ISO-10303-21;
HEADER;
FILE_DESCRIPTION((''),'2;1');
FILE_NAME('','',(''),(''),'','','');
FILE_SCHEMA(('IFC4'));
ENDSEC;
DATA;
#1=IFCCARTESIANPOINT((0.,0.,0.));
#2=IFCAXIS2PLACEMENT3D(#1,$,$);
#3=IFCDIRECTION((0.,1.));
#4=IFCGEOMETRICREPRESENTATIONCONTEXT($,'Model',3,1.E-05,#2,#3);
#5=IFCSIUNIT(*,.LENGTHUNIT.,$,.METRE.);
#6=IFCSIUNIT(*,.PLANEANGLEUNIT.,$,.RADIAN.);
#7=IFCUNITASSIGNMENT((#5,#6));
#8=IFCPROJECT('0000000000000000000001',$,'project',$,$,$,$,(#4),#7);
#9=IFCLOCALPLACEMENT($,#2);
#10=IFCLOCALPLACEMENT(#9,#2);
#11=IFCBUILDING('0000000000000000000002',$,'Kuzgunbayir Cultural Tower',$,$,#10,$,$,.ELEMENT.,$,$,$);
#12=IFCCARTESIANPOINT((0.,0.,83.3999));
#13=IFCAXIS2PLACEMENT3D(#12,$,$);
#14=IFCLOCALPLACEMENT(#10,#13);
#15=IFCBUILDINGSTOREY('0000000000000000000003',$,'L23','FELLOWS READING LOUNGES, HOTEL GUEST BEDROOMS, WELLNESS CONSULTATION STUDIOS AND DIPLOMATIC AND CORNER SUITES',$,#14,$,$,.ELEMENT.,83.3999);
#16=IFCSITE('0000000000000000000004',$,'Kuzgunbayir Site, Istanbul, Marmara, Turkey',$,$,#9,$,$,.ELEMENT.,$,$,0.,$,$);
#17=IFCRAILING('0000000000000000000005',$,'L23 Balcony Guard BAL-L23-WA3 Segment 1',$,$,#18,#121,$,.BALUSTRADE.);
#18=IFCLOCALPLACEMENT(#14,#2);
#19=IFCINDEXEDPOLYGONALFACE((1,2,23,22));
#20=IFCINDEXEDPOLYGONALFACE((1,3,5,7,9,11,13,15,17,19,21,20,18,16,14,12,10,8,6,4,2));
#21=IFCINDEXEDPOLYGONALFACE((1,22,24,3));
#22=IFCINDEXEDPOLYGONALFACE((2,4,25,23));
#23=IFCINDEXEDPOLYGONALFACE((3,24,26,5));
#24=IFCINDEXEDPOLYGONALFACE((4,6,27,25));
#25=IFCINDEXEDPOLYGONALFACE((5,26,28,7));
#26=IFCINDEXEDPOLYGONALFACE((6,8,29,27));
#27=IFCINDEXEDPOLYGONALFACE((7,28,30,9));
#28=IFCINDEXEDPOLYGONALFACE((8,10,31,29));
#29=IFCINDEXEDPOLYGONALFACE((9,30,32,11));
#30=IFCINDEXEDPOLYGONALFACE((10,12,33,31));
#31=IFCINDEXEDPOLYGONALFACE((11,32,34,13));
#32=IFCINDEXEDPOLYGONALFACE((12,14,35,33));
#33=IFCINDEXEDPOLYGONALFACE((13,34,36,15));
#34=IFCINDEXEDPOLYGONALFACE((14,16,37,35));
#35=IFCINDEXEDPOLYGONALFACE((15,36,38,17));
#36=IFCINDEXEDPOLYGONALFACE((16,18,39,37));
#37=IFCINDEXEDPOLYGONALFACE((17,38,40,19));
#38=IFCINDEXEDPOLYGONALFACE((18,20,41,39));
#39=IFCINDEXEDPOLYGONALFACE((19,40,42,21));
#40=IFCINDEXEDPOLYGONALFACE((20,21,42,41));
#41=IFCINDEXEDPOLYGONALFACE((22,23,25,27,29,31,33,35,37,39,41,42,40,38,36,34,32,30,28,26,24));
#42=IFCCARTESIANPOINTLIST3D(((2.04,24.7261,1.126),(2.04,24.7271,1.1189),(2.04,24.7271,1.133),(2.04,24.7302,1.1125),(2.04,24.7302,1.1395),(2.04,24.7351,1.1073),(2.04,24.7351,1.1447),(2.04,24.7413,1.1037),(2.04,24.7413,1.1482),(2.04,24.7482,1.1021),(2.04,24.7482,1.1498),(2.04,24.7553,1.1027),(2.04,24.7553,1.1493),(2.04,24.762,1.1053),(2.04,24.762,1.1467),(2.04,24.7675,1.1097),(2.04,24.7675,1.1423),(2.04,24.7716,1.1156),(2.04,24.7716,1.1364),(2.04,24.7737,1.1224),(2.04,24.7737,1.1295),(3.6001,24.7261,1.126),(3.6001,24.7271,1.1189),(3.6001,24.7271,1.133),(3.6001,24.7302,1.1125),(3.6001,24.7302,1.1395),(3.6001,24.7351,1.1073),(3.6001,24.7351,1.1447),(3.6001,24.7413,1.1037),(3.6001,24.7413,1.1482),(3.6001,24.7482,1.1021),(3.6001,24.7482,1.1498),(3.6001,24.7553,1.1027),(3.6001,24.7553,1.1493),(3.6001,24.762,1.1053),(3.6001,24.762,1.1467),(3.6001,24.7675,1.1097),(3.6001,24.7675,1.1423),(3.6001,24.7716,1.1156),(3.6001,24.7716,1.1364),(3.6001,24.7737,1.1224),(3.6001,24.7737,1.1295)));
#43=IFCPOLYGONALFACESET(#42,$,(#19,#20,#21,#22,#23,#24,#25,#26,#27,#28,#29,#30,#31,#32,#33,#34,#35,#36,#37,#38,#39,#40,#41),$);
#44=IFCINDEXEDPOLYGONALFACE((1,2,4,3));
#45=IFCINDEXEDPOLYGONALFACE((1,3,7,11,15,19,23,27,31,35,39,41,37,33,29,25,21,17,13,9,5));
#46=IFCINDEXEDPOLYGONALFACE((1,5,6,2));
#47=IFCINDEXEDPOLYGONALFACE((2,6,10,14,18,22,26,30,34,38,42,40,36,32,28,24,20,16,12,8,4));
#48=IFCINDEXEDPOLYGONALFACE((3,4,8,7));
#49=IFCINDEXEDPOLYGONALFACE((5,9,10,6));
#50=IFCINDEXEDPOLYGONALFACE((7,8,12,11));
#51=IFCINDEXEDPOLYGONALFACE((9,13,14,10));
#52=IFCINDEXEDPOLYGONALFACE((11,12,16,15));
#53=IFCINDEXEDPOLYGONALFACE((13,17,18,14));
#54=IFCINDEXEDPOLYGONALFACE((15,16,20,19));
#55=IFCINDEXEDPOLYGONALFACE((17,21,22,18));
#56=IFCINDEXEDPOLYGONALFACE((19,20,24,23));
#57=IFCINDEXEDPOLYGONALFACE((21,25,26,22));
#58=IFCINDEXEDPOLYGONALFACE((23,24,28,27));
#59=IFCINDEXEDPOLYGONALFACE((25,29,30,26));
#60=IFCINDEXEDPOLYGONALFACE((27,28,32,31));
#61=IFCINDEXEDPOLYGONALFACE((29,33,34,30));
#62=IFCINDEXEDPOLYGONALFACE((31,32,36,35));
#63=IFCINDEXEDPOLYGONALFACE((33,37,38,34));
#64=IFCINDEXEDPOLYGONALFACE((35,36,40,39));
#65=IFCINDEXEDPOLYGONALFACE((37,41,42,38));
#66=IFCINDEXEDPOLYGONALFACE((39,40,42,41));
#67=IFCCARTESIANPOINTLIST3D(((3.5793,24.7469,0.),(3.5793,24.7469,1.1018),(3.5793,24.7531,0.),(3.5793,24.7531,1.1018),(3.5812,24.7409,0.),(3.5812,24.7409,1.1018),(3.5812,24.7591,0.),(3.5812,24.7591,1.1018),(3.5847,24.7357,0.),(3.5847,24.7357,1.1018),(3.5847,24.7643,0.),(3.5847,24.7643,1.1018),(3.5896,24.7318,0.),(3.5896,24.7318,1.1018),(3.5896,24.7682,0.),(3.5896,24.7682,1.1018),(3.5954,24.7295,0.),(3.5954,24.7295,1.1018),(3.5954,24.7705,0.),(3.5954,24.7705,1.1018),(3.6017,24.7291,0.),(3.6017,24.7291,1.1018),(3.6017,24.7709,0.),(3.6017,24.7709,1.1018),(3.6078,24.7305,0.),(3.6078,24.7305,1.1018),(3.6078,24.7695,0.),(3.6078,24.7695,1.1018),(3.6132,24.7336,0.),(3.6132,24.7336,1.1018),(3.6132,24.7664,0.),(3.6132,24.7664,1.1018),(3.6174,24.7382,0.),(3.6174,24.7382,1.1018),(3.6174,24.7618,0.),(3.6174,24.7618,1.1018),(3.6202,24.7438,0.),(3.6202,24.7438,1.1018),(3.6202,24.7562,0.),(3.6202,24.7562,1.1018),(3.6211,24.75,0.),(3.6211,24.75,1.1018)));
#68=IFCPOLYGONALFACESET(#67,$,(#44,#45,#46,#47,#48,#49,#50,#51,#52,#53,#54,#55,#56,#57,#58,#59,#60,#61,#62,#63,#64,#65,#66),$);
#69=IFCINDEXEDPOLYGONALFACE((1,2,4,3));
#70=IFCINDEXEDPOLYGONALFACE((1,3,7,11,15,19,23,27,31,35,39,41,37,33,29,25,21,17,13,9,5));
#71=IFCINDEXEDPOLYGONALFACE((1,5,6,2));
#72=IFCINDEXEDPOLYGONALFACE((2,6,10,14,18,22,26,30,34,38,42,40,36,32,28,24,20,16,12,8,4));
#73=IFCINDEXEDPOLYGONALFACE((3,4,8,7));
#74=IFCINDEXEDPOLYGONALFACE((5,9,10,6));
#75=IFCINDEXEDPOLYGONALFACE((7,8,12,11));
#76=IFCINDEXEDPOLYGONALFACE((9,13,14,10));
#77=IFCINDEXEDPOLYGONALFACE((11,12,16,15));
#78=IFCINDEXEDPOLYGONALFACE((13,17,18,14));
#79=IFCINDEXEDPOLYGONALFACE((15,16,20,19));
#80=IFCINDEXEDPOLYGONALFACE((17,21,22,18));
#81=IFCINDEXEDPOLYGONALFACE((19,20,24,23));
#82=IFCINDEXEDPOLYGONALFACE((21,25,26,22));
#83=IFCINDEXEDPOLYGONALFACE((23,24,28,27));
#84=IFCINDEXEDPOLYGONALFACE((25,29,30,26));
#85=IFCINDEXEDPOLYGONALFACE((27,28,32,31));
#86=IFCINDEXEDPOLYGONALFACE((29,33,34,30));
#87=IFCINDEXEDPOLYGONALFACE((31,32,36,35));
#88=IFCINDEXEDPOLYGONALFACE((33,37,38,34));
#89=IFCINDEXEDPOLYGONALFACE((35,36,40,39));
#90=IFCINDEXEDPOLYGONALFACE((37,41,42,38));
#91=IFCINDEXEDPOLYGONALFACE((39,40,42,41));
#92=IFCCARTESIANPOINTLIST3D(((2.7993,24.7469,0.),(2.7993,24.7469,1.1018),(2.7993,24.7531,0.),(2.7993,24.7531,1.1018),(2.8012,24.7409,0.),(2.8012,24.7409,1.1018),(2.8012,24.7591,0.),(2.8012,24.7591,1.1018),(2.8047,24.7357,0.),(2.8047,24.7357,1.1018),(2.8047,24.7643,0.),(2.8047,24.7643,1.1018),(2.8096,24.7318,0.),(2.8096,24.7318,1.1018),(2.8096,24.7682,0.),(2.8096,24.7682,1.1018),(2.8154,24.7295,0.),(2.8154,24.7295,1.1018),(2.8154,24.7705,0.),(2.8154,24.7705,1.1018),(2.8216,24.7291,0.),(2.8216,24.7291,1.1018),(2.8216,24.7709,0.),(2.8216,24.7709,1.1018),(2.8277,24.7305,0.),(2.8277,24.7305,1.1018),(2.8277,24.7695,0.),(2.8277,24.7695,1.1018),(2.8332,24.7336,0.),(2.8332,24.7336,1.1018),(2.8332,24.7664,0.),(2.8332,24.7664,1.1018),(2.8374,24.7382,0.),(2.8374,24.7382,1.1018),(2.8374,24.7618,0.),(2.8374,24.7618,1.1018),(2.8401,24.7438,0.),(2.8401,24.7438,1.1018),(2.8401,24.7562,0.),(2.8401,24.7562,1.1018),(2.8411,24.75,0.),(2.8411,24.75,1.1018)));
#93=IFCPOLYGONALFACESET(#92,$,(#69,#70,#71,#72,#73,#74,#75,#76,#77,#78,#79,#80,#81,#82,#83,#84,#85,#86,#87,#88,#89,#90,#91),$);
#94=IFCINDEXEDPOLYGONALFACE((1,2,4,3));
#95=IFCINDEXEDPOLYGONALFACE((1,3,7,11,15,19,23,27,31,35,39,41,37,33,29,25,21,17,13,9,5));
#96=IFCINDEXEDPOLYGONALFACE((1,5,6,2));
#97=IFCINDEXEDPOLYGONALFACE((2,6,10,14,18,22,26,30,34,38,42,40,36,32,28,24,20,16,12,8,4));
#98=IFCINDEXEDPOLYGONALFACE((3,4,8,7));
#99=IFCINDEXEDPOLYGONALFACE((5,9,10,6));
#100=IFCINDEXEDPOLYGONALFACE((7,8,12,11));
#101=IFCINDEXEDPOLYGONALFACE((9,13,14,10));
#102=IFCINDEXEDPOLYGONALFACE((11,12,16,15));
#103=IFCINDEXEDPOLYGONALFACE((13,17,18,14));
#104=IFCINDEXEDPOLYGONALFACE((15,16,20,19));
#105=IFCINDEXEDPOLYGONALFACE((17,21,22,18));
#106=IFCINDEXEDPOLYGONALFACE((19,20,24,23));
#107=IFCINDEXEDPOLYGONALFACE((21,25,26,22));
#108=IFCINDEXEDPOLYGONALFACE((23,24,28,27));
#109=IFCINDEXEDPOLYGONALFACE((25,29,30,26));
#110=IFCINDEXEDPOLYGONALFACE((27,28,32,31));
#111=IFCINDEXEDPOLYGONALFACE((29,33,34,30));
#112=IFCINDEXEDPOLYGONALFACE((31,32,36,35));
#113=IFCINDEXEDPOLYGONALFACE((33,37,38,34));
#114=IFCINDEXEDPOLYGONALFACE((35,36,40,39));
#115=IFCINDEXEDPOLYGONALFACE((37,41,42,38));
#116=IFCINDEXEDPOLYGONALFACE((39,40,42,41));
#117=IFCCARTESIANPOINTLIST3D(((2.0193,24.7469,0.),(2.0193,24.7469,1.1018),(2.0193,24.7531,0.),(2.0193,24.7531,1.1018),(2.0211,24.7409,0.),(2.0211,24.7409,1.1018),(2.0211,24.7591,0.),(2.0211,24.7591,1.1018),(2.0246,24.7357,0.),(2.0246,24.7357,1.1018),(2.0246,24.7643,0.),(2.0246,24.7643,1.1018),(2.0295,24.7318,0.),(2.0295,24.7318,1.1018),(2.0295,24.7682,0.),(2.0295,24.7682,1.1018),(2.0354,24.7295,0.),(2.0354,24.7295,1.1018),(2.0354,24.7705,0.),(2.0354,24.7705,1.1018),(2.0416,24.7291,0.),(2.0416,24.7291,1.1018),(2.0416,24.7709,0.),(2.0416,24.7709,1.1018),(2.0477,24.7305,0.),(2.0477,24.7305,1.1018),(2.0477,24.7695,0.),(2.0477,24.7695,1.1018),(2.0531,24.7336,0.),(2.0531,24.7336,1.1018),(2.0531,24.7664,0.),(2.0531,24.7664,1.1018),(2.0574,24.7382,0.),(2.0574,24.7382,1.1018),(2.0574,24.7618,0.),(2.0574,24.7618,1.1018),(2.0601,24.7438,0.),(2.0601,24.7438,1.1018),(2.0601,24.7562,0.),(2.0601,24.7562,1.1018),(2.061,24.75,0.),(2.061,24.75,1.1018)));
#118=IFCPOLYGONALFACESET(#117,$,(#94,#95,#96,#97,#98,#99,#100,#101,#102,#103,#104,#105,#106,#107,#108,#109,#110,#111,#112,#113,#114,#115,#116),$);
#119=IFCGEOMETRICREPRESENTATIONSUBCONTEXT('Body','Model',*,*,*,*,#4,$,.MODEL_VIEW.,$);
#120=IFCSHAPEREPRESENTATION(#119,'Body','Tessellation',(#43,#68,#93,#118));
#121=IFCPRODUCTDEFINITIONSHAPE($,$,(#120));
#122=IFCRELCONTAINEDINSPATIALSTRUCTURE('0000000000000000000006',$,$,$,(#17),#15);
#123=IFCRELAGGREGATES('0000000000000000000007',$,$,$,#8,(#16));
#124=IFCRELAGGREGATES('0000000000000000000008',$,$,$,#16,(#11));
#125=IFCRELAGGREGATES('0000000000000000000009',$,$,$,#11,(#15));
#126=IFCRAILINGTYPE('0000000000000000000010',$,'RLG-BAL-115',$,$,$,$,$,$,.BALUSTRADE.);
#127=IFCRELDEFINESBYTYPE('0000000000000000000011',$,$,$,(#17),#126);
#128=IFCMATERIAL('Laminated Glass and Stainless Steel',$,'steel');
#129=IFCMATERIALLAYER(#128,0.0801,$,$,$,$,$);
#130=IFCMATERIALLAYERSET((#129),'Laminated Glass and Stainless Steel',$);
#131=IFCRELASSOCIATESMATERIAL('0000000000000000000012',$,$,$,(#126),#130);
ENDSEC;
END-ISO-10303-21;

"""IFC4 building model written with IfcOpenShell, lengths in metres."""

from ifc_helpers import new_model, si_unit, direction, frame, origin, origin_2d, place, context, subcontext, project, spatial, circle, extrude, material, layer, layer_set, type_object, element, save


model = new_model("IFC4")

# Units and contexts
model_context = context("Model", 3, precision=1e-05, world=origin(), true_north=direction((0.0, 1.0)))
body_context = subcontext(model_context, "Body", "Model", "MODEL_VIEW")
ifc_project = project(units=[si_unit("LENGTHUNIT", "METRE"), si_unit("PLANEANGLEUNIT", "RADIAN")], contexts=[model_context])

# Site, building, storey
site_placement = place(None, origin())
site = spatial("IfcSite", under=ifc_project, at=site_placement, Name="Kuzgunbayir Site, Istanbul, Marmara, Turkey", CompositionType="ELEMENT", RefElevation=0.0)
building_placement = place(site_placement, origin())
building = spatial("IfcBuilding", under=site, at=building_placement, Name="Kuzgunbayir Cultural Tower", CompositionType="ELEMENT")
storey_placement = place(building_placement, frame((0.0, 0.0, 83.3999)))
storey = spatial("IfcBuildingStorey", under=building, at=storey_placement, Name="L23", Description="FELLOWS READING LOUNGES, HOTEL GUEST BEDROOMS, WELLNESS CONSULTATION STUDIOS AND DIPLOMATIC AND CORNER SUITES", CompositionType="ELEMENT", Elevation=83.3999)

# Railing
ifc_material_1 = material(Name="Laminated Glass and Stainless Steel", Category="steel")
ifc_layer_1 = layer(ifc_material_1, 0.0801)
ifc_layer_set_1 = layer_set([ifc_layer_1], Name="Laminated Glass and Stainless Steel")
railing_type = type_object("IfcRailingType", Name="RLG-BAL-115", PredefinedType="BALUSTRADE", material=ifc_layer_set_1)
railing_1_placement = place(storey_placement, frame((3.6001, 24.75, 0.0)))
element("IfcRailing", 1, at=railing_1_placement, inside=storey, type_object=railing_type, Name="L23 Balcony Guard BAL-L23-WA3 Segment 1", PredefinedType="BALUSTRADE", context=body_context, shape_type="SweptSolid", body=[
    extrude(circle(Radius=0.0239, at=origin_2d()), frame((0.0, 0.0, 1.126), z_axis=(-1.0, 0.0, 0.0), x_axis=(0.0, -1.0, 0.0)), (0.0, 0.0, 1.0), 1.5601),
    extrude(circle(Radius=0.021, at=origin_2d()), origin(), (0.0, 0.0, 1.0), 1.1018),
    extrude(circle(Radius=0.021, at=origin_2d()), frame((-0.78, 0.0, 0.0)), (0.0, 0.0, 1.0), 1.1018),
    extrude(circle(Radius=0.021, at=origin_2d()), frame((-1.5601, 0.0, 0.0)), (0.0, 0.0, 1.0), 1.1018),
])

save(model, "model.ifc")
